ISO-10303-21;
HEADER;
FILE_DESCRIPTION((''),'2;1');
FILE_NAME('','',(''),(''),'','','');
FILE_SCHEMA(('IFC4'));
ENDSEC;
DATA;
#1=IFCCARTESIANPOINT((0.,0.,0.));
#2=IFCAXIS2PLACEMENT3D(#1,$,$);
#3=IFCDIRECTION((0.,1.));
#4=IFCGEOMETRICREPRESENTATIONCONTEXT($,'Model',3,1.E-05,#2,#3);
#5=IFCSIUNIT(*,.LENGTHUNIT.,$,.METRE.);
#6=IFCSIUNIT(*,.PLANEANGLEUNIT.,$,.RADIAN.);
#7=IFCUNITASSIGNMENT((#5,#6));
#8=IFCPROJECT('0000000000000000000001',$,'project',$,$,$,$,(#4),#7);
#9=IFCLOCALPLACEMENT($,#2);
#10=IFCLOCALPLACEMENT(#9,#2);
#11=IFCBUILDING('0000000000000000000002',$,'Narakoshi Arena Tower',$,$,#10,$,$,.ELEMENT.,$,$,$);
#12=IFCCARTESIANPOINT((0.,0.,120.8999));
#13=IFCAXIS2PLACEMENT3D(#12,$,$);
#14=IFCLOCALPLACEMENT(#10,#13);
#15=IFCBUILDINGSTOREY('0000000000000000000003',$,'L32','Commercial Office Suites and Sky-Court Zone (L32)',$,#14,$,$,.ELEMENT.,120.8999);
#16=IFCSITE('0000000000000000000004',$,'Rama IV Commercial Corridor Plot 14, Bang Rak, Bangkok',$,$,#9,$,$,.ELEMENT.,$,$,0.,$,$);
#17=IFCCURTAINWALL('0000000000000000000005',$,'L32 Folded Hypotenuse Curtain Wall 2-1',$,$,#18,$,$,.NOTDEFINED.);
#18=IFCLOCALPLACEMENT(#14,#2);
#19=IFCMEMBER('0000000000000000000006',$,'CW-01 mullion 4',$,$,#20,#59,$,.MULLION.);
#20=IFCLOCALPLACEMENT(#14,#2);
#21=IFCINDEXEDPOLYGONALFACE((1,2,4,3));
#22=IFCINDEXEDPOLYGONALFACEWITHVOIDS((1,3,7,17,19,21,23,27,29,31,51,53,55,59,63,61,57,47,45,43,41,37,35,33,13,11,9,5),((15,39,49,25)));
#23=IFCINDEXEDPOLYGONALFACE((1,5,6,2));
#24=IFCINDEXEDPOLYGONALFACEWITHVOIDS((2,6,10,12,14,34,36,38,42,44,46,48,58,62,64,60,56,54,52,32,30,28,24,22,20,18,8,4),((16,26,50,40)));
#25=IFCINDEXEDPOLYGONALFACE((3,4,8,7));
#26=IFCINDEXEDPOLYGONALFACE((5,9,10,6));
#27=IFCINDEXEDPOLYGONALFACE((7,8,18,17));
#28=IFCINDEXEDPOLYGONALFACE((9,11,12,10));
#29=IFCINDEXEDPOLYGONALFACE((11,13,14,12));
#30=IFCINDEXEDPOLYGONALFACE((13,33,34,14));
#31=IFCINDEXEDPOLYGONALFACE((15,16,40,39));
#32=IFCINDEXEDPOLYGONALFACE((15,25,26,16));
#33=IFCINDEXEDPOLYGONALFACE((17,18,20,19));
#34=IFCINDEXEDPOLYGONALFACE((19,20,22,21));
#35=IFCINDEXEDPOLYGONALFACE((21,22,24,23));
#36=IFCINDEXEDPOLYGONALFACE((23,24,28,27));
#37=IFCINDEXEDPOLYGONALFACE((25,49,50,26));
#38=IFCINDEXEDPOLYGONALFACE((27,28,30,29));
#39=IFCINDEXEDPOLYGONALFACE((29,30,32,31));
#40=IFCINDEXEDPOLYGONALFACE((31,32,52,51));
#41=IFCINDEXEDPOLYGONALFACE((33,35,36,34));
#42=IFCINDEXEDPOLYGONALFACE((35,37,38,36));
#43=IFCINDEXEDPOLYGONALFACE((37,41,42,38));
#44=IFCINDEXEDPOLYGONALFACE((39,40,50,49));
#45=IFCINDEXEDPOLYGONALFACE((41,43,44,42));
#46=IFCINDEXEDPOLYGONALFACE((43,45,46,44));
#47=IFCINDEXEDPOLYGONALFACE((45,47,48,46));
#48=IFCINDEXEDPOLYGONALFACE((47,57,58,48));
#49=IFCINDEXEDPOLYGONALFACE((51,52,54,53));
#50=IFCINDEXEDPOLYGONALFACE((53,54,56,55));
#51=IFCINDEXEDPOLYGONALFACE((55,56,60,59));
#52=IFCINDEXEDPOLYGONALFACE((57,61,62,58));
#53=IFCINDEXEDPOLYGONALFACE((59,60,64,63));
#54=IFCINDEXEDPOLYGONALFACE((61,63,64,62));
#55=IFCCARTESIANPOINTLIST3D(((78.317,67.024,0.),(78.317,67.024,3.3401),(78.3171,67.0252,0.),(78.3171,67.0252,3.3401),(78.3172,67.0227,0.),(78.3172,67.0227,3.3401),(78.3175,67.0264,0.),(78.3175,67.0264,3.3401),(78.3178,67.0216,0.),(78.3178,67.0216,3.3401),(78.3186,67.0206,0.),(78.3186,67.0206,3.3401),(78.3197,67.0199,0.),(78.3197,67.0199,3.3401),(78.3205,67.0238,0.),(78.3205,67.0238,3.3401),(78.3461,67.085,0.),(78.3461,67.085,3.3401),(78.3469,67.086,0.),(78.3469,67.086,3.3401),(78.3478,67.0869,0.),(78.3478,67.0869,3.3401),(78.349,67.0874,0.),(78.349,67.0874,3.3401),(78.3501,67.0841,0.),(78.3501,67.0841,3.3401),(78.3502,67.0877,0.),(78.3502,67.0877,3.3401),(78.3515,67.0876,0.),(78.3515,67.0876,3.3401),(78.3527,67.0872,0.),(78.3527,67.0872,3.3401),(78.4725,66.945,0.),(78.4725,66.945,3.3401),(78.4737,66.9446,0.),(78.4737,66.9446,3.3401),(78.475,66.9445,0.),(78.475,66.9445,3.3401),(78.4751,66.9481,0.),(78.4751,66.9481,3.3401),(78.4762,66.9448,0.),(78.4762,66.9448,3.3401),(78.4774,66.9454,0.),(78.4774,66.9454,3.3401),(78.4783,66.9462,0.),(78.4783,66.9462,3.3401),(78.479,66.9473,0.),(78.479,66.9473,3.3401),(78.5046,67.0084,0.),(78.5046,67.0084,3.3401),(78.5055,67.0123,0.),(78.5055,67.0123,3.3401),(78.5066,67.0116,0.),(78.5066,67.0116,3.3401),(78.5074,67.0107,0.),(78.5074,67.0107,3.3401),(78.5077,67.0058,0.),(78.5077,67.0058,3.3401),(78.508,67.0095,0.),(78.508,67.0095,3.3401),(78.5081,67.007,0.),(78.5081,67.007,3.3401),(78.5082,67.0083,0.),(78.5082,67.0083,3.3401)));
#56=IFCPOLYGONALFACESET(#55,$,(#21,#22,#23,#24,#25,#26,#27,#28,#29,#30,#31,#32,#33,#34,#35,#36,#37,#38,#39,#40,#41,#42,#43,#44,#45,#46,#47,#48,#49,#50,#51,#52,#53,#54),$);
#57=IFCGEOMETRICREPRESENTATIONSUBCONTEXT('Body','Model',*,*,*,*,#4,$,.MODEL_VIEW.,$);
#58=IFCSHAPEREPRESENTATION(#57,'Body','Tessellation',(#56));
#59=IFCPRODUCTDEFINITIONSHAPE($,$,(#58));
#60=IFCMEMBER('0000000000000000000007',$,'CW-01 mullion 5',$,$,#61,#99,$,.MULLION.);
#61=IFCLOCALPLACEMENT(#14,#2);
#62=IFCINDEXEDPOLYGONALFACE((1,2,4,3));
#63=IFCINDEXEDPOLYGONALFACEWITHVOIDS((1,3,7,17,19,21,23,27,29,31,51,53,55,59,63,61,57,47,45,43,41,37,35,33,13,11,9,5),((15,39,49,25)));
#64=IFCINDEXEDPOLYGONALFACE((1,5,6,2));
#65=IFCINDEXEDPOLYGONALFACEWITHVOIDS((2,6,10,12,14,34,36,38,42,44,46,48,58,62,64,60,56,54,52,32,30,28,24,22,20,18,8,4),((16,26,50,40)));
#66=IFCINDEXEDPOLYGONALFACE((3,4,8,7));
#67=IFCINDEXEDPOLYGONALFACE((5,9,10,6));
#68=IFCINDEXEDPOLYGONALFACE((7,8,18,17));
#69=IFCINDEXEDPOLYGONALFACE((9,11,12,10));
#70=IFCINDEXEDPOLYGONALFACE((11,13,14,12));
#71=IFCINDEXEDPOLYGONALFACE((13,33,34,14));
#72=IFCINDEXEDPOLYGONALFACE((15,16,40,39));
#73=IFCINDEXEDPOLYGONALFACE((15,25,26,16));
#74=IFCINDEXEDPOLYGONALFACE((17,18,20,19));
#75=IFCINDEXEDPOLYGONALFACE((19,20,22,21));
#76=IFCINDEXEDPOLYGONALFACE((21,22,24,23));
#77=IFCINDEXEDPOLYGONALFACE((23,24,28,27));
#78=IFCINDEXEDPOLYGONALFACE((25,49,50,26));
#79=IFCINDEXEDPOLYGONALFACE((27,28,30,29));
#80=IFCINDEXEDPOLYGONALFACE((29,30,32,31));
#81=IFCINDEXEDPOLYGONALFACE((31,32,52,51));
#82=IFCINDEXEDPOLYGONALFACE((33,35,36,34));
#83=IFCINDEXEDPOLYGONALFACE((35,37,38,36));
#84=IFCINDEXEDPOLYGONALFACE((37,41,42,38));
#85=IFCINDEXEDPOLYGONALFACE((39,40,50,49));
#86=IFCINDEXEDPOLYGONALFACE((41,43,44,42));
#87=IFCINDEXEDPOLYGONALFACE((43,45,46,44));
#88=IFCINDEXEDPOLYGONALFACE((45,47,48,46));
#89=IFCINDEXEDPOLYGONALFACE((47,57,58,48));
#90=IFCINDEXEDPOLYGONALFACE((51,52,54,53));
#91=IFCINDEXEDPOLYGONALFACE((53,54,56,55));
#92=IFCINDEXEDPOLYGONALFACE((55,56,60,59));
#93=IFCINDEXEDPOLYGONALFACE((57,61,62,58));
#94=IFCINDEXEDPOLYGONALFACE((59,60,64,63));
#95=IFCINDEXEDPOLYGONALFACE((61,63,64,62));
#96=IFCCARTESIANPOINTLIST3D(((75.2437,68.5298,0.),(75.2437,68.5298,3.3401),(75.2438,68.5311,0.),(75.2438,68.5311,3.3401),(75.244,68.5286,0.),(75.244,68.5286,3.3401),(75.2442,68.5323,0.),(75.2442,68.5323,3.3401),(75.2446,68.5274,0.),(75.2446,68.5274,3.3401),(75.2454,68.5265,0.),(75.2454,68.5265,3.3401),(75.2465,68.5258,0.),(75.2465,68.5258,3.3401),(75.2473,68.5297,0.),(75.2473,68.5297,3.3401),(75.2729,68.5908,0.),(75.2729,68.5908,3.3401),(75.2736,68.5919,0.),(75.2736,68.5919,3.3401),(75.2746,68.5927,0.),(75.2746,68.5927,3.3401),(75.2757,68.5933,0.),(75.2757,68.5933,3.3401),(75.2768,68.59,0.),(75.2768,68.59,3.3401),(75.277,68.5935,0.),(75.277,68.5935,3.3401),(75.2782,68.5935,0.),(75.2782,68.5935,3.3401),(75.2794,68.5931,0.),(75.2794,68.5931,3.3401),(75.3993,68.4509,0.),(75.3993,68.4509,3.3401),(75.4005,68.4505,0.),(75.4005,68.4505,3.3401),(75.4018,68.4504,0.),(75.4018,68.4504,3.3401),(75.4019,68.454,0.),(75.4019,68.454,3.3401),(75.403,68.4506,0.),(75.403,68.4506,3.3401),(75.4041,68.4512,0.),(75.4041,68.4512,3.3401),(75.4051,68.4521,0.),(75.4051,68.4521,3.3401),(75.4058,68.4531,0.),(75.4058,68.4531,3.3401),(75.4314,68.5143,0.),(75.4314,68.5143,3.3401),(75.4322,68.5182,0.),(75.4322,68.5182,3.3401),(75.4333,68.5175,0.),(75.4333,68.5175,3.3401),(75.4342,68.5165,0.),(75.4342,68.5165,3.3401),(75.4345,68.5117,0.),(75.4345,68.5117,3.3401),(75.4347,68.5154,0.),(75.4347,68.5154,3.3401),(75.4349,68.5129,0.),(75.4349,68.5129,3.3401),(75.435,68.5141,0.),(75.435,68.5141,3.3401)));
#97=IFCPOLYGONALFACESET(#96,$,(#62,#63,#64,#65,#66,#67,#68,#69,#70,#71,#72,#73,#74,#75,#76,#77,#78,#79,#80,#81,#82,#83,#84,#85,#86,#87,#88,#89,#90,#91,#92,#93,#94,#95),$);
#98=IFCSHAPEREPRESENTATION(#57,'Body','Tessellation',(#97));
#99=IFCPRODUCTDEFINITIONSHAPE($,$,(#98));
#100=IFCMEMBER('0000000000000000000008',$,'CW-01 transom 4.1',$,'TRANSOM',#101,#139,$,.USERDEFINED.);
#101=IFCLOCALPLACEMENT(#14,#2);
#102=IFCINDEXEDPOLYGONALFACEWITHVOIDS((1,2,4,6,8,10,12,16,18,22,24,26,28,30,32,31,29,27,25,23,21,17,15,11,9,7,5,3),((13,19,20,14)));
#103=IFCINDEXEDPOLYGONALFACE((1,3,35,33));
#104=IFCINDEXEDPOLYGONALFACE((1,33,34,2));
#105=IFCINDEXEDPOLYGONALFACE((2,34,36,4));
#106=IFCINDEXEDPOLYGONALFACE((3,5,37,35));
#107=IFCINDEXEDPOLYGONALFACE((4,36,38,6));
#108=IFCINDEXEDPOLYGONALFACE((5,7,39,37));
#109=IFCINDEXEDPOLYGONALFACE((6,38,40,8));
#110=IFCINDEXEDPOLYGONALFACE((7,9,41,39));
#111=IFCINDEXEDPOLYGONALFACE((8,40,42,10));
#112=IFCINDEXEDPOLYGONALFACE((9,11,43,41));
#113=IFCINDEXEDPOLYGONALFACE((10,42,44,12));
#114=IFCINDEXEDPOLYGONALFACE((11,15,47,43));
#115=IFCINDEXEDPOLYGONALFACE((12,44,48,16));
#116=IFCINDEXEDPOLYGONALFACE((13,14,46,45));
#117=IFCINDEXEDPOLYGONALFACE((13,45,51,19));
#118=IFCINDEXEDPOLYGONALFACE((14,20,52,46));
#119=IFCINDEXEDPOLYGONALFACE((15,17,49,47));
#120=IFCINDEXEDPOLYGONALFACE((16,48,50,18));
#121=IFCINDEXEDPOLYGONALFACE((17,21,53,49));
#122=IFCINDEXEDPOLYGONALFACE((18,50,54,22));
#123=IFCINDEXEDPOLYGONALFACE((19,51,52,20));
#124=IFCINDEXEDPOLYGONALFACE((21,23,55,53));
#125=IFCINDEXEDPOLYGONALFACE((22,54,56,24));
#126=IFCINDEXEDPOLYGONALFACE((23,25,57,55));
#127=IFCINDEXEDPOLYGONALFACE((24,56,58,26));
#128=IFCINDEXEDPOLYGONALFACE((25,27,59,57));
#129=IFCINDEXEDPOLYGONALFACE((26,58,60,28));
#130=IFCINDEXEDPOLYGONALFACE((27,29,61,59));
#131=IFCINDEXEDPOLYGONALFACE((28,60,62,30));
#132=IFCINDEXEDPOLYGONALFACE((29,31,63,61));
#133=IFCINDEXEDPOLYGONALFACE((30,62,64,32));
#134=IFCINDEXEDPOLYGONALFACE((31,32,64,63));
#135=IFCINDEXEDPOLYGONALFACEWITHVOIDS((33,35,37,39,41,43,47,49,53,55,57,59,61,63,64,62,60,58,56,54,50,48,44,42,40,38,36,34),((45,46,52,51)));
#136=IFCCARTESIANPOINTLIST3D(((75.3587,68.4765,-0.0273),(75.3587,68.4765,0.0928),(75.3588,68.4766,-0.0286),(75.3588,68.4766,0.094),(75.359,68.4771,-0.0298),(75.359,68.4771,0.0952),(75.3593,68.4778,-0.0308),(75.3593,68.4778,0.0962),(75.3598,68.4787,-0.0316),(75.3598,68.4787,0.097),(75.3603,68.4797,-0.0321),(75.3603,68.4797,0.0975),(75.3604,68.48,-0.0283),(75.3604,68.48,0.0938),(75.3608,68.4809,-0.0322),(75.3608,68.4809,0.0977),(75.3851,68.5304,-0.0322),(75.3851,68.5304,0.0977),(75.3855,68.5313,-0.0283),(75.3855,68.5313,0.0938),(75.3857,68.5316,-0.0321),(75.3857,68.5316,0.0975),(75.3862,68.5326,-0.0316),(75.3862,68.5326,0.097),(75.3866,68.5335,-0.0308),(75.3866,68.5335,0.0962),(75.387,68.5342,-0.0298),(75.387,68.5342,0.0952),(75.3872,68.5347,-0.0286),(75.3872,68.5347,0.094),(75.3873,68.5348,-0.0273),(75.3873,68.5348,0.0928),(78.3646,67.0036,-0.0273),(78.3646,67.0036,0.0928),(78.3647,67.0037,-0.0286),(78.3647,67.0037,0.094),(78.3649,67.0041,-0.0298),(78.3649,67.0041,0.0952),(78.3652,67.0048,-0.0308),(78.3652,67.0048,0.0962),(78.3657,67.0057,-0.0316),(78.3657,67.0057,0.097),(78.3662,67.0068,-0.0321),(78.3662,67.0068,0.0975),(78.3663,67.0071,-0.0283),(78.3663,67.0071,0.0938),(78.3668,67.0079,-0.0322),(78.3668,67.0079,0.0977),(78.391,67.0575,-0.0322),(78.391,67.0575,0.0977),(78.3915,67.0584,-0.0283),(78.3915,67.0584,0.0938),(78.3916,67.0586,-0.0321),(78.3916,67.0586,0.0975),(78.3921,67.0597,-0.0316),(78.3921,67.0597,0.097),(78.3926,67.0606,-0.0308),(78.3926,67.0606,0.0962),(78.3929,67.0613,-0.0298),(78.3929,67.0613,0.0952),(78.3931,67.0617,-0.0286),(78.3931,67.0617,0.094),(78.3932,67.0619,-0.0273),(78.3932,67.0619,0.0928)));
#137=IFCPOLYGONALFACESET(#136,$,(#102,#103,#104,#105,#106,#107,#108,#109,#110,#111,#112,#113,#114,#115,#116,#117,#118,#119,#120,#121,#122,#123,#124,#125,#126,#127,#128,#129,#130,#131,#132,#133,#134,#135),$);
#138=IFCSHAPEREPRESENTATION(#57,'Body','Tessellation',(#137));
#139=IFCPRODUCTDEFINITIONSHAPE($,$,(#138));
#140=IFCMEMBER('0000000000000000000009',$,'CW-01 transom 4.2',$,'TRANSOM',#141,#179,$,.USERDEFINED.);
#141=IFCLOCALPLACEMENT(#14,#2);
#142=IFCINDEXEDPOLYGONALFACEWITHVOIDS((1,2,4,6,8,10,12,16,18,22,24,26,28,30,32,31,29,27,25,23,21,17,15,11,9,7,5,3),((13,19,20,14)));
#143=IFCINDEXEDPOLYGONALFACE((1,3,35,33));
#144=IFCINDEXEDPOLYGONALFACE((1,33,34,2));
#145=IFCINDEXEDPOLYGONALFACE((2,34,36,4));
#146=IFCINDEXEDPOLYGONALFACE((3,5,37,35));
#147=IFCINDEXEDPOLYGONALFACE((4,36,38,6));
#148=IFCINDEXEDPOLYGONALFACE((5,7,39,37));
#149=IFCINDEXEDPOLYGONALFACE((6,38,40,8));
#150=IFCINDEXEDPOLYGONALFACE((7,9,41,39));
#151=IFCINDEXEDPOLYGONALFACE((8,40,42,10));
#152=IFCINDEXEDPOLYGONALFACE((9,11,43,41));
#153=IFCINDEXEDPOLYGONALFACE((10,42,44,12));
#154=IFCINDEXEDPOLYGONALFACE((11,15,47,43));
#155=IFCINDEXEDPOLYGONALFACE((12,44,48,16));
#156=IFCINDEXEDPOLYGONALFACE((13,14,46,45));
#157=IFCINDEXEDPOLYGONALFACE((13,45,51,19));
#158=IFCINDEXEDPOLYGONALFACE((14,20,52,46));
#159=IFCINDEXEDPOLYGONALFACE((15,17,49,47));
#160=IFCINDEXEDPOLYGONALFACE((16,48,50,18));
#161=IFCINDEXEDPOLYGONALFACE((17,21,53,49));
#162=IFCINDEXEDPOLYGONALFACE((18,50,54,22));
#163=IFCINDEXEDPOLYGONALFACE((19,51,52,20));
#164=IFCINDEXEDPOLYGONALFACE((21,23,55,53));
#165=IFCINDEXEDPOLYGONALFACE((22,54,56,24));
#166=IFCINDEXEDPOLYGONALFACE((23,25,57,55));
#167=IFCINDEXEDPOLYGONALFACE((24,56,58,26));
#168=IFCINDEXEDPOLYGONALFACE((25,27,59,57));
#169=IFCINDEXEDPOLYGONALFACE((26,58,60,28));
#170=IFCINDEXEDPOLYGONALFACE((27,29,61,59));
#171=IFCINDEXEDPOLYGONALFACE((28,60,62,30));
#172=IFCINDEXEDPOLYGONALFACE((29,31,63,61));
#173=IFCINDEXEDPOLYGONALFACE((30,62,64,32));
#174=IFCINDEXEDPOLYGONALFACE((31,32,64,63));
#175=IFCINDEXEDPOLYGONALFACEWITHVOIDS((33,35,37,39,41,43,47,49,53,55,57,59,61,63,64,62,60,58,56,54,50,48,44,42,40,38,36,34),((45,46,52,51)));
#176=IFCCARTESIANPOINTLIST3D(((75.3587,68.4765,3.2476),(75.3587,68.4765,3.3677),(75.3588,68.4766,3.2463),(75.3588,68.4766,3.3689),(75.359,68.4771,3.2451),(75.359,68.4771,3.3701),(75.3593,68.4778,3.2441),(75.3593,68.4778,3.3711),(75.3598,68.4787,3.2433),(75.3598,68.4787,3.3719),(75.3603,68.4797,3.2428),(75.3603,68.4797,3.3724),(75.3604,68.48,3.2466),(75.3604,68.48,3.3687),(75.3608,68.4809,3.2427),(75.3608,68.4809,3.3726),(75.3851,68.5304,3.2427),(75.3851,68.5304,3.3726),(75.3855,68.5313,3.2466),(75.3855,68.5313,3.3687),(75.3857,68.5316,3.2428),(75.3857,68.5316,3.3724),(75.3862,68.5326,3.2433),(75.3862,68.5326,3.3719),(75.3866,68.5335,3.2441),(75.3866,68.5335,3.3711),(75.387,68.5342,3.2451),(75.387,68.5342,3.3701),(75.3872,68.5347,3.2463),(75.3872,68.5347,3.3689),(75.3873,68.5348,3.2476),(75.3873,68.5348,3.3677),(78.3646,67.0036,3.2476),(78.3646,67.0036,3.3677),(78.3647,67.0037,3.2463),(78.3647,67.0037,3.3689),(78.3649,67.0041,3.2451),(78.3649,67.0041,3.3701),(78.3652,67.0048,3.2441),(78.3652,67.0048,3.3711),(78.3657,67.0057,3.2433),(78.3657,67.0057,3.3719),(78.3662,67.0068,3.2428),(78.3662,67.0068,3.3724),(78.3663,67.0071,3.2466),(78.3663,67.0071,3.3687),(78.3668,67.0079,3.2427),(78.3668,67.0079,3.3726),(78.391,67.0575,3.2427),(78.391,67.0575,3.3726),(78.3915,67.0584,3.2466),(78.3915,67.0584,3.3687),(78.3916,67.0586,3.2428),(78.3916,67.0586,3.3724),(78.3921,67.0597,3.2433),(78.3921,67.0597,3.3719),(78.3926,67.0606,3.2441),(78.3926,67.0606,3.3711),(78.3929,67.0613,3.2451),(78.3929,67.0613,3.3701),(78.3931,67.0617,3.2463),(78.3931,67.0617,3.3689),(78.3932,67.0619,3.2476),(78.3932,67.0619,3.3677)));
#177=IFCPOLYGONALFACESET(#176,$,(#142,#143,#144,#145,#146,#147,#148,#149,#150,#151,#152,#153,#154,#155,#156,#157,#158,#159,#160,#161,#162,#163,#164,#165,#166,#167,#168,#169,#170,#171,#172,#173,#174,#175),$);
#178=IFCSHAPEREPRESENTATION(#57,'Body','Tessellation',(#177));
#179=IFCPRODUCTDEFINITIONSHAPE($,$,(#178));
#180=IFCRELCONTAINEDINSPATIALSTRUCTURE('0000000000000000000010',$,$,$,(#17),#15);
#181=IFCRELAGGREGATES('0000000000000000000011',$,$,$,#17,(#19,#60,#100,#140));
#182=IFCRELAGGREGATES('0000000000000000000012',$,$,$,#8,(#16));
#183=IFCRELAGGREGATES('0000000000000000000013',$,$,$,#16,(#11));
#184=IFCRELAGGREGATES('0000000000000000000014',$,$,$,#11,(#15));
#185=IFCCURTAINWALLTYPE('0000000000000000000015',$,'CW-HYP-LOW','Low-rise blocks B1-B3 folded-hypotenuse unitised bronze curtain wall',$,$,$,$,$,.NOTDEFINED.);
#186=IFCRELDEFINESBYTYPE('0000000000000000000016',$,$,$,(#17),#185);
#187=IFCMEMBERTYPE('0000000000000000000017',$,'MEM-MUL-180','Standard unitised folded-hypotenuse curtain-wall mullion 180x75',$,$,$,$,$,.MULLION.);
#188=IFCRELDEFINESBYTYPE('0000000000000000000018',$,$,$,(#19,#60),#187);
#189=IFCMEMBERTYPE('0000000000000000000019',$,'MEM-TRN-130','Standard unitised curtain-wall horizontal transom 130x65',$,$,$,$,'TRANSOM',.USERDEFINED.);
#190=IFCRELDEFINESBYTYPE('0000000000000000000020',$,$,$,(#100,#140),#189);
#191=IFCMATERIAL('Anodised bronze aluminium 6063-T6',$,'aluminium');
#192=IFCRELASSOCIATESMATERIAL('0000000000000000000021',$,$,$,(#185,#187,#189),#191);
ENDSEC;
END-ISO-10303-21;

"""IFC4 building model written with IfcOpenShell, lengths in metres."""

from ifc_helpers import new_model, si_unit, direction, frame, origin, origin_2d, place, context, subcontext, project, spatial, hollow_rectangle, extrude, material, material_profile, profile_set, type_object, element, aggregate, save


model = new_model("IFC4")

# Units and contexts
model_context = context("Model", 3, precision=1e-05, world=origin(), true_north=direction((0.0, 1.0)))
body_context = subcontext(model_context, "Body", "Model", "MODEL_VIEW")
ifc_project = project(units=[si_unit("LENGTHUNIT", "METRE"), si_unit("PLANEANGLEUNIT", "RADIAN")], contexts=[model_context])

# Site, building, storey
site_placement = place(None, origin())
site = spatial("IfcSite", under=ifc_project, at=site_placement, Name="Rama IV Commercial Corridor Plot 14, Bang Rak, Bangkok", CompositionType="ELEMENT", RefElevation=0.0)
building_placement = place(site_placement, origin())
building = spatial("IfcBuilding", under=site, at=building_placement, Name="Narakoshi Arena Tower", CompositionType="ELEMENT")
storey_placement = place(building_placement, frame((0.0, 0.0, 120.8999)))
storey = spatial("IfcBuildingStorey", under=building, at=storey_placement, Name="L32", Description="Commercial Office Suites and Sky-Court Zone (L32)", CompositionType="ELEMENT", Elevation=120.8999)

# Curtain wall, members
ifc_material_1 = material(Name="Anodised bronze aluminium 6063-T6", Category="aluminium")
curtain_wall_type = type_object("IfcCurtainWallType", Name="CW-HYP-LOW", Description="Low-rise blocks B1-B3 folded-hypotenuse unitised bronze curtain wall", PredefinedType="NOTDEFINED", material=ifc_material_1)
curtain_wall_placement = place(storey_placement, origin())
curtain_wall = element("IfcCurtainWall", 1, at=curtain_wall_placement, inside=storey, type_object=curtain_wall_type, Name="L32 Folded Hypotenuse Curtain Wall 2-1", PredefinedType="NOTDEFINED")
ifc_material_profile_1 = material_profile(ifc_material_1, hollow_rectangle(XDim=0.075, YDim=0.1799, WallThickness=0.0039, OuterFilletRadius=0.0049, at=origin_2d()), Name="MUL180x75x4")
ifc_profile_set_1 = profile_set([ifc_material_profile_1], Name="Anodised bronze aluminium 6063-T6")
member_type_1 = type_object("IfcMemberType", Name="MEM-MUL-180", Description="Standard unitised folded-hypotenuse curtain-wall mullion 180x75", PredefinedType="MULLION", material=ifc_profile_set_1)
member_1_placement = place(storey_placement, frame((78.4126, 67.0161, 0.0), z_axis=(0.0, 0.0, 1.0), x_axis=(-0.440005, -0.897996, 0.0)))
member_1 = element("IfcMember", 2, at=member_1_placement, type_object=member_type_1, Name="CW-01 mullion 4", PredefinedType="MULLION", context=body_context, shape_type="SweptSolid", body=[
    extrude(hollow_rectangle(XDim=0.075, YDim=0.1799, WallThickness=0.0039, OuterFilletRadius=0.0049, at=origin_2d()), origin(), (0.0, 0.0, 1.0), 3.3401),
])
member_2_placement = place(storey_placement, frame((75.3394, 68.522, 0.0), z_axis=(0.0, 0.0, 1.0), x_axis=(-0.440005, -0.897996, 0.0)))
member_2 = element("IfcMember", 3, at=member_2_placement, type_object=member_type_1, Name="CW-01 mullion 5", PredefinedType="MULLION", context=body_context, shape_type="SweptSolid", body=[
    extrude(hollow_rectangle(XDim=0.075, YDim=0.1799, WallThickness=0.0039, OuterFilletRadius=0.0049, at=origin_2d()), origin(), (0.0, 0.0, 1.0), 3.3401),
])
ifc_material_profile_2 = material_profile(ifc_material_1, hollow_rectangle(XDim=0.0649, YDim=0.1299, WallThickness=0.0039, OuterFilletRadius=0.0049, at=origin_2d()), Name="TRN130x65x4")
ifc_profile_set_2 = profile_set([ifc_material_profile_2], Name="Anodised bronze aluminium 6063-T6")
member_type_2 = type_object("IfcMemberType", Name="MEM-TRN-130", Description="Standard unitised curtain-wall horizontal transom 130x65", ElementType="TRANSOM", PredefinedType="USERDEFINED", material=ifc_profile_set_2)
member_3_placement = place(storey_placement, frame((78.3789, 67.0327, 0.0327), z_axis=(-0.897987, 0.440022, 0.0), x_axis=(-0.440022, -0.897987, 0.0)))
member_3 = element("IfcMember", 4, at=member_3_placement, type_object=member_type_2, Name="CW-01 transom 4.1", ObjectType="TRANSOM", PredefinedType="USERDEFINED", context=body_context, shape_type="SweptSolid", body=[
    extrude(hollow_rectangle(XDim=0.0649, YDim=0.1299, WallThickness=0.0039, OuterFilletRadius=0.0049, at=origin_2d()), origin(), (0.0, 0.0, 1.0), 3.3474),
])
member_4_placement = place(storey_placement, frame((78.3789, 67.0327, 3.3076), z_axis=(-0.897987, 0.440022, 0.0), x_axis=(-0.440022, -0.897987, 0.0)))
member_4 = element("IfcMember", 5, at=member_4_placement, type_object=member_type_2, Name="CW-01 transom 4.2", ObjectType="TRANSOM", PredefinedType="USERDEFINED", context=body_context, shape_type="SweptSolid", body=[
    extrude(hollow_rectangle(XDim=0.0649, YDim=0.1299, WallThickness=0.0039, OuterFilletRadius=0.0049, at=origin_2d()), origin(), (0.0, 0.0, 1.0), 3.3474),
])
aggregate(curtain_wall, [member_1, member_2, member_3, member_4])

save(model, "model.ifc")
